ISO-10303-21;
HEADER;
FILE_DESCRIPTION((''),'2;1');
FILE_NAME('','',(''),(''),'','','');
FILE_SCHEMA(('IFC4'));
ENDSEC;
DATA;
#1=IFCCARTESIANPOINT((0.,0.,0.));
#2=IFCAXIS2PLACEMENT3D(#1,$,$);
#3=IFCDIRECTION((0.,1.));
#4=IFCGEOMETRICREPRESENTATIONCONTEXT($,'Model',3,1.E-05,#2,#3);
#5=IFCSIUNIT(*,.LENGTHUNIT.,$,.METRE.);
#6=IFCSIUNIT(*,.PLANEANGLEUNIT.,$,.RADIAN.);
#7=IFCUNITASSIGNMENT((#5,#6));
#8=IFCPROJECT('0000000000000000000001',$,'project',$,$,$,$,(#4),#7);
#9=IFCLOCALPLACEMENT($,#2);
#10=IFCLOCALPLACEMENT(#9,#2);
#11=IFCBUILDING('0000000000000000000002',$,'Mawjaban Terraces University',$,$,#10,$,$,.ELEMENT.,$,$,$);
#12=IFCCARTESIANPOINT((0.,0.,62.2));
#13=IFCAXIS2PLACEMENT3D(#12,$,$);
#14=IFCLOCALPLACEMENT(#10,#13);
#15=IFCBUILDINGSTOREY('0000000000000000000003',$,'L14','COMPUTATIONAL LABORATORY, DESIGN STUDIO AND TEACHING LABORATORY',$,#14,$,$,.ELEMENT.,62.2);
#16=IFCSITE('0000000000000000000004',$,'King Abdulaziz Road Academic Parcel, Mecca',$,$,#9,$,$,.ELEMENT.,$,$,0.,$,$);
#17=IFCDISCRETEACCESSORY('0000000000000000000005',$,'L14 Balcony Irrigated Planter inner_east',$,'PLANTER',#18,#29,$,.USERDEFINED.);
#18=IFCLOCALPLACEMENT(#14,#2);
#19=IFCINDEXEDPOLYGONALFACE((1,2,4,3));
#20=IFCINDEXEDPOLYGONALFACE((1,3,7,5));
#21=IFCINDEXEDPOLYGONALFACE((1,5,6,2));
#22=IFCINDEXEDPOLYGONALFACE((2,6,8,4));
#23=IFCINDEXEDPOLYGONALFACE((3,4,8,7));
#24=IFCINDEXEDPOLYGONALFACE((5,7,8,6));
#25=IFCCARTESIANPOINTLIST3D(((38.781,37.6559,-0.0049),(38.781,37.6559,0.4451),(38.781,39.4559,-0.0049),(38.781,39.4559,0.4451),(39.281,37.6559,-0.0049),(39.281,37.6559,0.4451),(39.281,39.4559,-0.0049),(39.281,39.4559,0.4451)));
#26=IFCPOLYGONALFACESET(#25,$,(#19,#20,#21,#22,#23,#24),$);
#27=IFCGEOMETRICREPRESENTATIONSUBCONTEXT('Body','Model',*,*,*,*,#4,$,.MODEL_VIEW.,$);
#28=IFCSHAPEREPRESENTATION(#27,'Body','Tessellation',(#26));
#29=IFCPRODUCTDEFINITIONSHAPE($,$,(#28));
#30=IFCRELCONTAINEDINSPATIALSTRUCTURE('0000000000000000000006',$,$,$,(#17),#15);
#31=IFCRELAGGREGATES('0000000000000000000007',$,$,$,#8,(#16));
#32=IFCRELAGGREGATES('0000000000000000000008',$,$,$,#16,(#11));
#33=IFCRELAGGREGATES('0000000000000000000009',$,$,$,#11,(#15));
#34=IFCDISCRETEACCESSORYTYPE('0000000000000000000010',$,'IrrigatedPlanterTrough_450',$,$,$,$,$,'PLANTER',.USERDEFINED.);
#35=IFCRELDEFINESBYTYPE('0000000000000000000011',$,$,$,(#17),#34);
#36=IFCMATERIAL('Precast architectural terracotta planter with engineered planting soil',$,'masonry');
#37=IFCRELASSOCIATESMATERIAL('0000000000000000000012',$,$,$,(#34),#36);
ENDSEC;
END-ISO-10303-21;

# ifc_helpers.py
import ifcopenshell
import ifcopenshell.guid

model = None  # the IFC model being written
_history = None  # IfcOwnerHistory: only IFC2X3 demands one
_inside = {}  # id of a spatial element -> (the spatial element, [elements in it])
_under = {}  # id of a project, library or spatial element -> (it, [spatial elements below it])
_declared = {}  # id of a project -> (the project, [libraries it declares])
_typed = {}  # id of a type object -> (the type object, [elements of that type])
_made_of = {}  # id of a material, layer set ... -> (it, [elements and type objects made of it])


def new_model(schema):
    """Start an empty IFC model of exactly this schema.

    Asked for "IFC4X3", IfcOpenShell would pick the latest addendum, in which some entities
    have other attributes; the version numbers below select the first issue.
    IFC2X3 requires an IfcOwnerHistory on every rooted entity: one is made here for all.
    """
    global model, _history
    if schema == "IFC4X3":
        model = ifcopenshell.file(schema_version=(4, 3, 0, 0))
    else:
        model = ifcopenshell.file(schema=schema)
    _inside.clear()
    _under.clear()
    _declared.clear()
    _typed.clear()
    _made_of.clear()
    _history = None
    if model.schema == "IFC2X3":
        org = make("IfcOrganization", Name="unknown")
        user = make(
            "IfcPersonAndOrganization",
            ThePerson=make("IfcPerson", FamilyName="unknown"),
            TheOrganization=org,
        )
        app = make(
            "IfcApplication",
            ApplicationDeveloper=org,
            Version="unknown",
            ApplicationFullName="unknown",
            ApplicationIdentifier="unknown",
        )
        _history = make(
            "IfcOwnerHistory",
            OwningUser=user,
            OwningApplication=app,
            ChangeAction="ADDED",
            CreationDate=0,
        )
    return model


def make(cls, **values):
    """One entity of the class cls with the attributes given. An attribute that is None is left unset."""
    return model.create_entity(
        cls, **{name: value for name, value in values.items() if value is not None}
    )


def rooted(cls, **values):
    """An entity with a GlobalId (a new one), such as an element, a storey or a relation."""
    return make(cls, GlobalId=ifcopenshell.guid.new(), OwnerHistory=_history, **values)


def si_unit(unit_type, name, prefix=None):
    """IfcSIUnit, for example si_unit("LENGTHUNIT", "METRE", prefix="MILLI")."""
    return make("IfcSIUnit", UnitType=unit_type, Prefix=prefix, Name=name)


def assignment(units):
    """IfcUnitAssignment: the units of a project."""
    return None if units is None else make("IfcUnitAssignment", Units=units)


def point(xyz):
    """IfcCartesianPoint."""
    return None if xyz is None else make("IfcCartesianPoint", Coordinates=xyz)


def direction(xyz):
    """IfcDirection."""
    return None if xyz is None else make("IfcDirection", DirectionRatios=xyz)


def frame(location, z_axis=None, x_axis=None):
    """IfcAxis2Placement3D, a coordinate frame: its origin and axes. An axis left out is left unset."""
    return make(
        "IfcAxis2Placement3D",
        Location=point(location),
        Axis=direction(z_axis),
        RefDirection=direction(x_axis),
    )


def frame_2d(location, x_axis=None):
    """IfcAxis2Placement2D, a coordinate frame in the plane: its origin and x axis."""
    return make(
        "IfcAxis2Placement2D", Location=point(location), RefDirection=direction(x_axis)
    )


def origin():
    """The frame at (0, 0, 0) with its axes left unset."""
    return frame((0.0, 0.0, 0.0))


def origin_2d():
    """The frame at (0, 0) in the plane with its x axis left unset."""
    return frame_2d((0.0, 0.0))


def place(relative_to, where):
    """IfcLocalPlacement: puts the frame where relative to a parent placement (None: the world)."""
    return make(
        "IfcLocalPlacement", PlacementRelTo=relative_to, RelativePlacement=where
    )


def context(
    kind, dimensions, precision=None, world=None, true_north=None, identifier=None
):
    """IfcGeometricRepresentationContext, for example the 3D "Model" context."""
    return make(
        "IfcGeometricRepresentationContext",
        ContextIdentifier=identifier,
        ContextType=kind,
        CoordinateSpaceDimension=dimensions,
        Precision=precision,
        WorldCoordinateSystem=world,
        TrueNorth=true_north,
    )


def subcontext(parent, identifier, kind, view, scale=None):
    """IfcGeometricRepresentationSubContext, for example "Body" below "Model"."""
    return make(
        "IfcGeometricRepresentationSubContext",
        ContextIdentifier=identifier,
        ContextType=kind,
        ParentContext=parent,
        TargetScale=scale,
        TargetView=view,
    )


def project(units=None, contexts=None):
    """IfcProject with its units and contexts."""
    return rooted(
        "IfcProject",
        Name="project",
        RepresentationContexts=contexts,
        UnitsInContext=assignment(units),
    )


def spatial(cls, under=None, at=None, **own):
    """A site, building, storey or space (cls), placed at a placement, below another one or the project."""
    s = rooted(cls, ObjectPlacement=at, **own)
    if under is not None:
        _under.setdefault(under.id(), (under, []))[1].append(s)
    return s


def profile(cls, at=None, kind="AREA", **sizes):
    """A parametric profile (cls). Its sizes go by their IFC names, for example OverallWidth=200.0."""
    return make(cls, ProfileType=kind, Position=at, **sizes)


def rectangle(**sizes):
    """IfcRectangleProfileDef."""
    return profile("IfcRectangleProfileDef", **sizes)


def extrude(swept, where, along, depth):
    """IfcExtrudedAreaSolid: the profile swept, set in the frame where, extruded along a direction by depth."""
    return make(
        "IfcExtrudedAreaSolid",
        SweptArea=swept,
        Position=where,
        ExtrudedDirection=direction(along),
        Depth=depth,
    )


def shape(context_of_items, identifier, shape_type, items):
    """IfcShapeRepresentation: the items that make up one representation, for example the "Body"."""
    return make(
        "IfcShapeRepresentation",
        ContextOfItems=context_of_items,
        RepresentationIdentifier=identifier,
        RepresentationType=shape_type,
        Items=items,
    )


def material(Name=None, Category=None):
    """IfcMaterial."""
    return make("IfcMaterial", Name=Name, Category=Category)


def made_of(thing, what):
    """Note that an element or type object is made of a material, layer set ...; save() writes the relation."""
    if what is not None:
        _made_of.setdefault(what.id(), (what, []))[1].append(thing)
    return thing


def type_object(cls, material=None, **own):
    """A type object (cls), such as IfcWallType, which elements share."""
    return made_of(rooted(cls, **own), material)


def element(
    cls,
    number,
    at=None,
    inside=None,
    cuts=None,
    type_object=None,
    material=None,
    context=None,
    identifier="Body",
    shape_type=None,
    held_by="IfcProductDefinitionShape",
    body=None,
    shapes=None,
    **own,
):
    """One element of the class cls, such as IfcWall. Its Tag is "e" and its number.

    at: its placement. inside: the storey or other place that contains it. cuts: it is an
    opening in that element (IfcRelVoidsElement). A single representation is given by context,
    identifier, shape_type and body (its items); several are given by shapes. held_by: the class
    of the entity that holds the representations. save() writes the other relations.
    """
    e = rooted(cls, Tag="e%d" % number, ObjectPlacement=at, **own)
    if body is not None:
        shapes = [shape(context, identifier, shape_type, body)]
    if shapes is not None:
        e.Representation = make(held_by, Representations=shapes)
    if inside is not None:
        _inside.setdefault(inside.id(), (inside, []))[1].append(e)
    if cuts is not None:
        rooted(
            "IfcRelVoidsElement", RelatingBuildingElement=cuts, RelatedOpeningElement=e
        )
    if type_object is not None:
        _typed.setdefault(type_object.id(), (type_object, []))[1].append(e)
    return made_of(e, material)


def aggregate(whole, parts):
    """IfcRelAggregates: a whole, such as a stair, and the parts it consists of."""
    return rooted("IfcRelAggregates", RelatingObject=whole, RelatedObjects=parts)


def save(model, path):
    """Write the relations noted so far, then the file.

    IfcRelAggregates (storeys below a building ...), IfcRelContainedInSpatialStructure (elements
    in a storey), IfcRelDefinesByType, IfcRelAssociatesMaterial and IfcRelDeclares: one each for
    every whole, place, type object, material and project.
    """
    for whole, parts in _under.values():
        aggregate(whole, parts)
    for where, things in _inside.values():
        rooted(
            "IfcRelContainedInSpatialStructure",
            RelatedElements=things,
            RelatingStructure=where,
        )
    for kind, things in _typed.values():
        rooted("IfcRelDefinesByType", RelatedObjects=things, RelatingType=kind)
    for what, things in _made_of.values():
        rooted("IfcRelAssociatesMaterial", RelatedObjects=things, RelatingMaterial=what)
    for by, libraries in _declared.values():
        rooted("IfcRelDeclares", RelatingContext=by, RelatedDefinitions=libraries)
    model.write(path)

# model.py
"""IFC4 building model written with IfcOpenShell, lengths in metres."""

from ifc_helpers import new_model, si_unit, direction, frame, origin, origin_2d, place, context, subcontext, project, spatial, rectangle, extrude, material, type_object, element, save


model = new_model("IFC4")

# Units and contexts
model_context = context("Model", 3, precision=1e-05, world=origin(), true_north=direction((0.0, 1.0)))
body_context = subcontext(model_context, "Body", "Model", "MODEL_VIEW")
ifc_project = project(units=[si_unit("LENGTHUNIT", "METRE"), si_unit("PLANEANGLEUNIT", "RADIAN")], contexts=[model_context])

# Site, building, storey
site_placement = place(None, origin())
site = spatial("IfcSite", under=ifc_project, at=site_placement, Name="King Abdulaziz Road Academic Parcel, Mecca", CompositionType="ELEMENT", RefElevation=0.0)
building_placement = place(site_placement, origin())
building = spatial("IfcBuilding", under=site, at=building_placement, Name="Mawjaban Terraces University", CompositionType="ELEMENT")
storey_placement = place(building_placement, frame((0.0, 0.0, 62.2)))
storey = spatial("IfcBuildingStorey", under=building, at=storey_placement, Name="L14", Description="COMPUTATIONAL LABORATORY, DESIGN STUDIO AND TEACHING LABORATORY", CompositionType="ELEMENT", Elevation=62.2)

# Discrete accessory
ifc_material_1 = material(Name="Precast architectural terracotta planter with engineered planting soil", Category="masonry")
discrete_accessory_type_1 = type_object("IfcDiscreteAccessoryType", Name="IrrigatedPlanterTrough_450", ElementType="PLANTER", PredefinedType="USERDEFINED", material=ifc_material_1)
discrete_accessory_1_placement = place(storey_placement, frame((39.031, 38.5559, -0.0049), z_axis=(0.0, 0.0, 1.0), x_axis=(0.0, 1.0, 0.0)))
element("IfcDiscreteAccessory", 1, at=discrete_accessory_1_placement, inside=storey, type_object=discrete_accessory_type_1, Name="L14 Balcony Irrigated Planter inner_east", ObjectType="PLANTER", PredefinedType="USERDEFINED", context=body_context, shape_type="SweptSolid", body=[
    extrude(rectangle(XDim=1.8, YDim=0.5, at=origin_2d()), origin(), (0.0, 0.0, 1.0), 0.45),
])

save(model, "model.ifc")
